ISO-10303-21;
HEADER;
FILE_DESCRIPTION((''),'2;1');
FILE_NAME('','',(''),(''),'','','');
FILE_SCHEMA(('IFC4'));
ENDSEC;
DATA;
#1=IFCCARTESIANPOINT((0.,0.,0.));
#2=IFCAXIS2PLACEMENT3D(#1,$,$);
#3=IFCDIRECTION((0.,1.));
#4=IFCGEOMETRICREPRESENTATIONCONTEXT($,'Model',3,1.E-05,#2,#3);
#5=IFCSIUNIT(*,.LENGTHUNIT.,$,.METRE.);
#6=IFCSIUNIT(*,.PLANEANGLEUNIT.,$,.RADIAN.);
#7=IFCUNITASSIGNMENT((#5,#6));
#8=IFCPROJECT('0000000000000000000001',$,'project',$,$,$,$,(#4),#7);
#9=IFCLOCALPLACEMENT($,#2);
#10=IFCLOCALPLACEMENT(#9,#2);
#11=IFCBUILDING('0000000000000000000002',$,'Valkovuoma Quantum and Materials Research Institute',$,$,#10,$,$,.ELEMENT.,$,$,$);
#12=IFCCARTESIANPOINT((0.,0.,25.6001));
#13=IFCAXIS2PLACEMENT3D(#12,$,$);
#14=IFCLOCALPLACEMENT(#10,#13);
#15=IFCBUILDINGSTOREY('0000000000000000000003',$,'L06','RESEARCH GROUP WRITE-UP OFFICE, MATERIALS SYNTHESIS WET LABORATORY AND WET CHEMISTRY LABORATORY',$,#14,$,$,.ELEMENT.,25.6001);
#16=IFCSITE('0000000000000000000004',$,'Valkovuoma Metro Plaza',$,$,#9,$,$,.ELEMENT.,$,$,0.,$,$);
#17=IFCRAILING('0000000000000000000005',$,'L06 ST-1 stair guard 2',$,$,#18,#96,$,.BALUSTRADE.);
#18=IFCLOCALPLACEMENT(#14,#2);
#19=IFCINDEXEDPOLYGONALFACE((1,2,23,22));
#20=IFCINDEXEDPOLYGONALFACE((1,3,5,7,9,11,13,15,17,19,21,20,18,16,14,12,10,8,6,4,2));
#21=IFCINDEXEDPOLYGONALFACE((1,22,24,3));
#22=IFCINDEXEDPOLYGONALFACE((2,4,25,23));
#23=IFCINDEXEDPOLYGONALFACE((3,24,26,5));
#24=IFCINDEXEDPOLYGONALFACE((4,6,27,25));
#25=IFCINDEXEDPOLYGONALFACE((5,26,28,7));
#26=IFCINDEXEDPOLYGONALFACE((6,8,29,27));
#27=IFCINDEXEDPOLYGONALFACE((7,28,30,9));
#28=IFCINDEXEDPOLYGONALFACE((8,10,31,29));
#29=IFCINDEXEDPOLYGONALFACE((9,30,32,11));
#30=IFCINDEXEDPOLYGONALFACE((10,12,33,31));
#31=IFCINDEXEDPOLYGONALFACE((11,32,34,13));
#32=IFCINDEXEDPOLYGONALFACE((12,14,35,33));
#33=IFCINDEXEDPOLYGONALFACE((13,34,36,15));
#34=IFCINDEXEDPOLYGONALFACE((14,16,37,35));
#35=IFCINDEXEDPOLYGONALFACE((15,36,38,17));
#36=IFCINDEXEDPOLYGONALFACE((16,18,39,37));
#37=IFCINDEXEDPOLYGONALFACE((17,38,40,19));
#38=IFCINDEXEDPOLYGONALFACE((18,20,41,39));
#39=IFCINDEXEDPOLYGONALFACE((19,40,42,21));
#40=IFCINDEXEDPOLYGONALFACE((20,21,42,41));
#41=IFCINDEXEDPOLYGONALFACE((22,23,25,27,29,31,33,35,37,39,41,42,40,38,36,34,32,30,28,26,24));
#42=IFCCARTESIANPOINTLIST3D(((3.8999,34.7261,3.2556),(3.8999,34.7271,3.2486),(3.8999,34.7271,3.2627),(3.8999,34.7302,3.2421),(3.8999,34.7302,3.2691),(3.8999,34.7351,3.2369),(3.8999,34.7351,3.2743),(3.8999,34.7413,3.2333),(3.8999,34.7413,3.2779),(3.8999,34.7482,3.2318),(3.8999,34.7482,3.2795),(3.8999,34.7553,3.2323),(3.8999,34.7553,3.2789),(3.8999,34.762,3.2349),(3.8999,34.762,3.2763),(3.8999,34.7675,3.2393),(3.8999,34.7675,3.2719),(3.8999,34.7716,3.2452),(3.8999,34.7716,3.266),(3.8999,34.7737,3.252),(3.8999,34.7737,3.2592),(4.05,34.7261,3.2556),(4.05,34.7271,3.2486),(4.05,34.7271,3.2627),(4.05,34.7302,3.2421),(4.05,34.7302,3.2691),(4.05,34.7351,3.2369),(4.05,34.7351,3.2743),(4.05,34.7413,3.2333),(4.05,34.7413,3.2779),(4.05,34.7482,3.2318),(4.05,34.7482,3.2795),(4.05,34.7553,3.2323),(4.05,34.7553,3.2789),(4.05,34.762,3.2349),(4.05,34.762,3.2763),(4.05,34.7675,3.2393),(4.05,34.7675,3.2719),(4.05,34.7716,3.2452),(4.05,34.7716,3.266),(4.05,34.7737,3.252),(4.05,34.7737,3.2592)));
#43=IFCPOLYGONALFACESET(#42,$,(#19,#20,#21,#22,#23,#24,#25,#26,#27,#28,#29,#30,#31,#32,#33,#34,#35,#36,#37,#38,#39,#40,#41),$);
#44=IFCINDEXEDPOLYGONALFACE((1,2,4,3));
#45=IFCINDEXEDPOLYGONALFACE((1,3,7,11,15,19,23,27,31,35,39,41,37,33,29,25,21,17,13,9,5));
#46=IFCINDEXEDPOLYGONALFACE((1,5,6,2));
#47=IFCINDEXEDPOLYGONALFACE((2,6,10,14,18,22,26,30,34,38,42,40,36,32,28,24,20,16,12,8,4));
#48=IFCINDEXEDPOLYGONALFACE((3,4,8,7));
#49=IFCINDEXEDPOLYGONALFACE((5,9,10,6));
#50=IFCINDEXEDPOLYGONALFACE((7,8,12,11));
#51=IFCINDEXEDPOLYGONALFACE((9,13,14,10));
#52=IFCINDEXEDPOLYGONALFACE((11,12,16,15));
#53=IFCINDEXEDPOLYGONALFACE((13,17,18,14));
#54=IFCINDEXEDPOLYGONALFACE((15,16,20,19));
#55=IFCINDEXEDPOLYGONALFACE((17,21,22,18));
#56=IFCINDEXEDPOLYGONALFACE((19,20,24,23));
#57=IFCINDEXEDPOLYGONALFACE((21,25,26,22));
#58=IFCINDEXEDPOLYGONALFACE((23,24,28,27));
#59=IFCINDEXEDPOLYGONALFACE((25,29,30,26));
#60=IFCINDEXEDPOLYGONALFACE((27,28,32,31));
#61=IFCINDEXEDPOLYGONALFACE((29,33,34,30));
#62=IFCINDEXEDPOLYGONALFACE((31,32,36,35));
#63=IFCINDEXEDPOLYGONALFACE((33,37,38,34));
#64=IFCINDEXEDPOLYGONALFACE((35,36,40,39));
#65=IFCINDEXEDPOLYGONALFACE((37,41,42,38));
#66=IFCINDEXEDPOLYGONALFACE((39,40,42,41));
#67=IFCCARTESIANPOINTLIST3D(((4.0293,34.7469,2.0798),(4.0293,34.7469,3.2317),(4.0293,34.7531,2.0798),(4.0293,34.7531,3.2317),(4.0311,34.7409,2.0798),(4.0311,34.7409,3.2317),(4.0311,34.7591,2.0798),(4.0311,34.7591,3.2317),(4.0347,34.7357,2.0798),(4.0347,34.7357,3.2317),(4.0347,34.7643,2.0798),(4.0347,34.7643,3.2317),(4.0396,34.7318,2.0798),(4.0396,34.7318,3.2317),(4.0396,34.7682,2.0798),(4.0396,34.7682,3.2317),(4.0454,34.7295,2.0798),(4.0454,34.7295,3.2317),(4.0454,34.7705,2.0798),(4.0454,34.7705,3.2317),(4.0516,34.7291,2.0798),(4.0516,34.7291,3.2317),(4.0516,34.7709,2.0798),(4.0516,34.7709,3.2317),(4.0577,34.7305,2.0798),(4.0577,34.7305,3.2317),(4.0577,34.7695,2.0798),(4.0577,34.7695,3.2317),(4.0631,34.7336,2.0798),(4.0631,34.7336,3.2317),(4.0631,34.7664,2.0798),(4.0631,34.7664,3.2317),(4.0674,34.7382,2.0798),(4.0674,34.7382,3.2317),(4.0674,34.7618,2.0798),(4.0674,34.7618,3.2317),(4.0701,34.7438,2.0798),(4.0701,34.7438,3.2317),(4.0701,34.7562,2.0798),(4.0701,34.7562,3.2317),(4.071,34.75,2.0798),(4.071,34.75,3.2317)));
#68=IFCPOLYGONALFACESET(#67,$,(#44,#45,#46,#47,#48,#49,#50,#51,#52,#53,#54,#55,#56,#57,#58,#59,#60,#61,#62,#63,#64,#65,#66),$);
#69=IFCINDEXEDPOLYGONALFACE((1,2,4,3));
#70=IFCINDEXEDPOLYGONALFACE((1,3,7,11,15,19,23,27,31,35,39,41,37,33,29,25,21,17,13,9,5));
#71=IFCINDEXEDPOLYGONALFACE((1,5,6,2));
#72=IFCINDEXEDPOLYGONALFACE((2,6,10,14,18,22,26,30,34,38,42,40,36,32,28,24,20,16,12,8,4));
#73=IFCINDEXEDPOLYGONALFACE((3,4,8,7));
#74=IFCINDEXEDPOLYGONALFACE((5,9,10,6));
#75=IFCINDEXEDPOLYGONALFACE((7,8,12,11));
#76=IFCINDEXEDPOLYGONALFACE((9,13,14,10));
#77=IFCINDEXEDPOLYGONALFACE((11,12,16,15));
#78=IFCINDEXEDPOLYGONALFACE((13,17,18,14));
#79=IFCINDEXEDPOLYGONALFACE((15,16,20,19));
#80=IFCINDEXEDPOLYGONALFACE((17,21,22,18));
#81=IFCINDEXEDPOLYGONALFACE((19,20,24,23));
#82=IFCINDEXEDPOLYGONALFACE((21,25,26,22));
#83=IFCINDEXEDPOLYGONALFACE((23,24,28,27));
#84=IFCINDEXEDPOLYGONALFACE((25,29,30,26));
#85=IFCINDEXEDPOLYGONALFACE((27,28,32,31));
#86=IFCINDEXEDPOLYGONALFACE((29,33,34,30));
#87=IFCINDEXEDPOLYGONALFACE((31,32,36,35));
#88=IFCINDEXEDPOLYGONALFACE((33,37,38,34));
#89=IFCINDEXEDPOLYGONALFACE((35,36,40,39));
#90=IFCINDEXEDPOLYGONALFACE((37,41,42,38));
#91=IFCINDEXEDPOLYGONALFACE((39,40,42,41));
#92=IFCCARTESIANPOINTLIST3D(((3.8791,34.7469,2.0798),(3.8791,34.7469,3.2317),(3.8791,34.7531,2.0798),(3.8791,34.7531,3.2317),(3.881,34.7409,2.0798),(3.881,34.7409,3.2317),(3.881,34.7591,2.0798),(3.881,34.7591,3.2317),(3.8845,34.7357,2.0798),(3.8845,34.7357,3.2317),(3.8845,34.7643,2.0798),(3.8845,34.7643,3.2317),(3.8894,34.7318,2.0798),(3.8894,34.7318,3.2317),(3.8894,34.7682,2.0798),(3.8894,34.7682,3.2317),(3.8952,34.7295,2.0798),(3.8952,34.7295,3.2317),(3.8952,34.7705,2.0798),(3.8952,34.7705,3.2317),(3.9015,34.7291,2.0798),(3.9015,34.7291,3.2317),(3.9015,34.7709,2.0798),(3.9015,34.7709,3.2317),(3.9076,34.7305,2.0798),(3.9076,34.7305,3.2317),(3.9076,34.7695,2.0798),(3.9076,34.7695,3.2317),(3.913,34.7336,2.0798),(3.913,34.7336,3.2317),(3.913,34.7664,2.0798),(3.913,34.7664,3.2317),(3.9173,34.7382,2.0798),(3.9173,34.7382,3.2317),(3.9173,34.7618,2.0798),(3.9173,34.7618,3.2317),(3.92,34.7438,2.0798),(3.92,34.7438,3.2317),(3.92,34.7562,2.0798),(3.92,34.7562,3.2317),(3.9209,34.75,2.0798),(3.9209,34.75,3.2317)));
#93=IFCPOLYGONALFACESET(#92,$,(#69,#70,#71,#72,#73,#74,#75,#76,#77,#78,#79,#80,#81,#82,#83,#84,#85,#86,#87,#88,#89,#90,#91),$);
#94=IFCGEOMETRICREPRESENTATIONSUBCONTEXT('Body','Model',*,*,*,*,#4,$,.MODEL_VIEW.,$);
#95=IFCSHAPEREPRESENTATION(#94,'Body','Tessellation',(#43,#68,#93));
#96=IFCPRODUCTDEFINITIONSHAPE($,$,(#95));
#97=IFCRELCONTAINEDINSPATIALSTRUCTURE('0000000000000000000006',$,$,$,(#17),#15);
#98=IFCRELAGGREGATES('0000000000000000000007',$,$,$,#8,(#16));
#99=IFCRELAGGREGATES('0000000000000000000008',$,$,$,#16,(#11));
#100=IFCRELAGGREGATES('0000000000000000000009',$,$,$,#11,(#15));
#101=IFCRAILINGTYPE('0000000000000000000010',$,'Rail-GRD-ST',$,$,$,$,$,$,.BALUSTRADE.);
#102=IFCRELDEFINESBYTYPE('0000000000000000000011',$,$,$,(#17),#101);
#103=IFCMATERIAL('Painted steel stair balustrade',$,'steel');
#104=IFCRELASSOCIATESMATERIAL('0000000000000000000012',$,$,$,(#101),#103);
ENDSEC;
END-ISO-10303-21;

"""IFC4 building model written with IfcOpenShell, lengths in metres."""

from ifc_helpers import new_model, si_unit, direction, frame, origin, origin_2d, place, context, subcontext, project, spatial, circle, extrude, material, type_object, element, save


model = new_model("IFC4")

# Units and contexts
model_context = context("Model", 3, precision=1e-05, world=origin(), true_north=direction((0.0, 1.0)))
body_context = subcontext(model_context, "Body", "Model", "MODEL_VIEW")
ifc_project = project(units=[si_unit("LENGTHUNIT", "METRE"), si_unit("PLANEANGLEUNIT", "RADIAN")], contexts=[model_context])

# Site, building, storey
site_placement = place(None, origin())
site = spatial("IfcSite", under=ifc_project, at=site_placement, Name="Valkovuoma Metro Plaza", CompositionType="ELEMENT", RefElevation=0.0)
building_placement = place(site_placement, origin())
building = spatial("IfcBuilding", under=site, at=building_placement, Name="Valkovuoma Quantum and Materials Research Institute", CompositionType="ELEMENT")
storey_placement = place(building_placement, frame((0.0, 0.0, 25.6001)))
storey = spatial("IfcBuildingStorey", under=building, at=storey_placement, Name="L06", Description="RESEARCH GROUP WRITE-UP OFFICE, MATERIALS SYNTHESIS WET LABORATORY AND WET CHEMISTRY LABORATORY", CompositionType="ELEMENT", Elevation=25.6001)

# Railing
ifc_material_1 = material(Name="Painted steel stair balustrade", Category="steel")
railing_type_1 = type_object("IfcRailingType", Name="Rail-GRD-ST", PredefinedType="BALUSTRADE", material=ifc_material_1)
railing_1_placement = place(storey_placement, frame((4.05, 34.75, 2.0798)))
element("IfcRailing", 1, at=railing_1_placement, inside=storey, type_object=railing_type_1, Name="L06 ST-1 stair guard 2", PredefinedType="BALUSTRADE", context=body_context, shape_type="SweptSolid", body=[
    extrude(circle(Radius=0.0239, at=origin_2d()), frame((0.0, 0.0, 1.1758), z_axis=(-1.0, 0.0, 0.0), x_axis=(0.0, -1.0, 0.0)), (0.0, 0.0, 1.0), 0.1501),
    extrude(circle(Radius=0.021, at=origin_2d()), origin(), (0.0, 0.0, 1.0), 1.1519),
    extrude(circle(Radius=0.021, at=origin_2d()), frame((-0.1501, 0.0, 0.0)), (0.0, 0.0, 1.0), 1.1519),
])

save(model, "model.ifc")
